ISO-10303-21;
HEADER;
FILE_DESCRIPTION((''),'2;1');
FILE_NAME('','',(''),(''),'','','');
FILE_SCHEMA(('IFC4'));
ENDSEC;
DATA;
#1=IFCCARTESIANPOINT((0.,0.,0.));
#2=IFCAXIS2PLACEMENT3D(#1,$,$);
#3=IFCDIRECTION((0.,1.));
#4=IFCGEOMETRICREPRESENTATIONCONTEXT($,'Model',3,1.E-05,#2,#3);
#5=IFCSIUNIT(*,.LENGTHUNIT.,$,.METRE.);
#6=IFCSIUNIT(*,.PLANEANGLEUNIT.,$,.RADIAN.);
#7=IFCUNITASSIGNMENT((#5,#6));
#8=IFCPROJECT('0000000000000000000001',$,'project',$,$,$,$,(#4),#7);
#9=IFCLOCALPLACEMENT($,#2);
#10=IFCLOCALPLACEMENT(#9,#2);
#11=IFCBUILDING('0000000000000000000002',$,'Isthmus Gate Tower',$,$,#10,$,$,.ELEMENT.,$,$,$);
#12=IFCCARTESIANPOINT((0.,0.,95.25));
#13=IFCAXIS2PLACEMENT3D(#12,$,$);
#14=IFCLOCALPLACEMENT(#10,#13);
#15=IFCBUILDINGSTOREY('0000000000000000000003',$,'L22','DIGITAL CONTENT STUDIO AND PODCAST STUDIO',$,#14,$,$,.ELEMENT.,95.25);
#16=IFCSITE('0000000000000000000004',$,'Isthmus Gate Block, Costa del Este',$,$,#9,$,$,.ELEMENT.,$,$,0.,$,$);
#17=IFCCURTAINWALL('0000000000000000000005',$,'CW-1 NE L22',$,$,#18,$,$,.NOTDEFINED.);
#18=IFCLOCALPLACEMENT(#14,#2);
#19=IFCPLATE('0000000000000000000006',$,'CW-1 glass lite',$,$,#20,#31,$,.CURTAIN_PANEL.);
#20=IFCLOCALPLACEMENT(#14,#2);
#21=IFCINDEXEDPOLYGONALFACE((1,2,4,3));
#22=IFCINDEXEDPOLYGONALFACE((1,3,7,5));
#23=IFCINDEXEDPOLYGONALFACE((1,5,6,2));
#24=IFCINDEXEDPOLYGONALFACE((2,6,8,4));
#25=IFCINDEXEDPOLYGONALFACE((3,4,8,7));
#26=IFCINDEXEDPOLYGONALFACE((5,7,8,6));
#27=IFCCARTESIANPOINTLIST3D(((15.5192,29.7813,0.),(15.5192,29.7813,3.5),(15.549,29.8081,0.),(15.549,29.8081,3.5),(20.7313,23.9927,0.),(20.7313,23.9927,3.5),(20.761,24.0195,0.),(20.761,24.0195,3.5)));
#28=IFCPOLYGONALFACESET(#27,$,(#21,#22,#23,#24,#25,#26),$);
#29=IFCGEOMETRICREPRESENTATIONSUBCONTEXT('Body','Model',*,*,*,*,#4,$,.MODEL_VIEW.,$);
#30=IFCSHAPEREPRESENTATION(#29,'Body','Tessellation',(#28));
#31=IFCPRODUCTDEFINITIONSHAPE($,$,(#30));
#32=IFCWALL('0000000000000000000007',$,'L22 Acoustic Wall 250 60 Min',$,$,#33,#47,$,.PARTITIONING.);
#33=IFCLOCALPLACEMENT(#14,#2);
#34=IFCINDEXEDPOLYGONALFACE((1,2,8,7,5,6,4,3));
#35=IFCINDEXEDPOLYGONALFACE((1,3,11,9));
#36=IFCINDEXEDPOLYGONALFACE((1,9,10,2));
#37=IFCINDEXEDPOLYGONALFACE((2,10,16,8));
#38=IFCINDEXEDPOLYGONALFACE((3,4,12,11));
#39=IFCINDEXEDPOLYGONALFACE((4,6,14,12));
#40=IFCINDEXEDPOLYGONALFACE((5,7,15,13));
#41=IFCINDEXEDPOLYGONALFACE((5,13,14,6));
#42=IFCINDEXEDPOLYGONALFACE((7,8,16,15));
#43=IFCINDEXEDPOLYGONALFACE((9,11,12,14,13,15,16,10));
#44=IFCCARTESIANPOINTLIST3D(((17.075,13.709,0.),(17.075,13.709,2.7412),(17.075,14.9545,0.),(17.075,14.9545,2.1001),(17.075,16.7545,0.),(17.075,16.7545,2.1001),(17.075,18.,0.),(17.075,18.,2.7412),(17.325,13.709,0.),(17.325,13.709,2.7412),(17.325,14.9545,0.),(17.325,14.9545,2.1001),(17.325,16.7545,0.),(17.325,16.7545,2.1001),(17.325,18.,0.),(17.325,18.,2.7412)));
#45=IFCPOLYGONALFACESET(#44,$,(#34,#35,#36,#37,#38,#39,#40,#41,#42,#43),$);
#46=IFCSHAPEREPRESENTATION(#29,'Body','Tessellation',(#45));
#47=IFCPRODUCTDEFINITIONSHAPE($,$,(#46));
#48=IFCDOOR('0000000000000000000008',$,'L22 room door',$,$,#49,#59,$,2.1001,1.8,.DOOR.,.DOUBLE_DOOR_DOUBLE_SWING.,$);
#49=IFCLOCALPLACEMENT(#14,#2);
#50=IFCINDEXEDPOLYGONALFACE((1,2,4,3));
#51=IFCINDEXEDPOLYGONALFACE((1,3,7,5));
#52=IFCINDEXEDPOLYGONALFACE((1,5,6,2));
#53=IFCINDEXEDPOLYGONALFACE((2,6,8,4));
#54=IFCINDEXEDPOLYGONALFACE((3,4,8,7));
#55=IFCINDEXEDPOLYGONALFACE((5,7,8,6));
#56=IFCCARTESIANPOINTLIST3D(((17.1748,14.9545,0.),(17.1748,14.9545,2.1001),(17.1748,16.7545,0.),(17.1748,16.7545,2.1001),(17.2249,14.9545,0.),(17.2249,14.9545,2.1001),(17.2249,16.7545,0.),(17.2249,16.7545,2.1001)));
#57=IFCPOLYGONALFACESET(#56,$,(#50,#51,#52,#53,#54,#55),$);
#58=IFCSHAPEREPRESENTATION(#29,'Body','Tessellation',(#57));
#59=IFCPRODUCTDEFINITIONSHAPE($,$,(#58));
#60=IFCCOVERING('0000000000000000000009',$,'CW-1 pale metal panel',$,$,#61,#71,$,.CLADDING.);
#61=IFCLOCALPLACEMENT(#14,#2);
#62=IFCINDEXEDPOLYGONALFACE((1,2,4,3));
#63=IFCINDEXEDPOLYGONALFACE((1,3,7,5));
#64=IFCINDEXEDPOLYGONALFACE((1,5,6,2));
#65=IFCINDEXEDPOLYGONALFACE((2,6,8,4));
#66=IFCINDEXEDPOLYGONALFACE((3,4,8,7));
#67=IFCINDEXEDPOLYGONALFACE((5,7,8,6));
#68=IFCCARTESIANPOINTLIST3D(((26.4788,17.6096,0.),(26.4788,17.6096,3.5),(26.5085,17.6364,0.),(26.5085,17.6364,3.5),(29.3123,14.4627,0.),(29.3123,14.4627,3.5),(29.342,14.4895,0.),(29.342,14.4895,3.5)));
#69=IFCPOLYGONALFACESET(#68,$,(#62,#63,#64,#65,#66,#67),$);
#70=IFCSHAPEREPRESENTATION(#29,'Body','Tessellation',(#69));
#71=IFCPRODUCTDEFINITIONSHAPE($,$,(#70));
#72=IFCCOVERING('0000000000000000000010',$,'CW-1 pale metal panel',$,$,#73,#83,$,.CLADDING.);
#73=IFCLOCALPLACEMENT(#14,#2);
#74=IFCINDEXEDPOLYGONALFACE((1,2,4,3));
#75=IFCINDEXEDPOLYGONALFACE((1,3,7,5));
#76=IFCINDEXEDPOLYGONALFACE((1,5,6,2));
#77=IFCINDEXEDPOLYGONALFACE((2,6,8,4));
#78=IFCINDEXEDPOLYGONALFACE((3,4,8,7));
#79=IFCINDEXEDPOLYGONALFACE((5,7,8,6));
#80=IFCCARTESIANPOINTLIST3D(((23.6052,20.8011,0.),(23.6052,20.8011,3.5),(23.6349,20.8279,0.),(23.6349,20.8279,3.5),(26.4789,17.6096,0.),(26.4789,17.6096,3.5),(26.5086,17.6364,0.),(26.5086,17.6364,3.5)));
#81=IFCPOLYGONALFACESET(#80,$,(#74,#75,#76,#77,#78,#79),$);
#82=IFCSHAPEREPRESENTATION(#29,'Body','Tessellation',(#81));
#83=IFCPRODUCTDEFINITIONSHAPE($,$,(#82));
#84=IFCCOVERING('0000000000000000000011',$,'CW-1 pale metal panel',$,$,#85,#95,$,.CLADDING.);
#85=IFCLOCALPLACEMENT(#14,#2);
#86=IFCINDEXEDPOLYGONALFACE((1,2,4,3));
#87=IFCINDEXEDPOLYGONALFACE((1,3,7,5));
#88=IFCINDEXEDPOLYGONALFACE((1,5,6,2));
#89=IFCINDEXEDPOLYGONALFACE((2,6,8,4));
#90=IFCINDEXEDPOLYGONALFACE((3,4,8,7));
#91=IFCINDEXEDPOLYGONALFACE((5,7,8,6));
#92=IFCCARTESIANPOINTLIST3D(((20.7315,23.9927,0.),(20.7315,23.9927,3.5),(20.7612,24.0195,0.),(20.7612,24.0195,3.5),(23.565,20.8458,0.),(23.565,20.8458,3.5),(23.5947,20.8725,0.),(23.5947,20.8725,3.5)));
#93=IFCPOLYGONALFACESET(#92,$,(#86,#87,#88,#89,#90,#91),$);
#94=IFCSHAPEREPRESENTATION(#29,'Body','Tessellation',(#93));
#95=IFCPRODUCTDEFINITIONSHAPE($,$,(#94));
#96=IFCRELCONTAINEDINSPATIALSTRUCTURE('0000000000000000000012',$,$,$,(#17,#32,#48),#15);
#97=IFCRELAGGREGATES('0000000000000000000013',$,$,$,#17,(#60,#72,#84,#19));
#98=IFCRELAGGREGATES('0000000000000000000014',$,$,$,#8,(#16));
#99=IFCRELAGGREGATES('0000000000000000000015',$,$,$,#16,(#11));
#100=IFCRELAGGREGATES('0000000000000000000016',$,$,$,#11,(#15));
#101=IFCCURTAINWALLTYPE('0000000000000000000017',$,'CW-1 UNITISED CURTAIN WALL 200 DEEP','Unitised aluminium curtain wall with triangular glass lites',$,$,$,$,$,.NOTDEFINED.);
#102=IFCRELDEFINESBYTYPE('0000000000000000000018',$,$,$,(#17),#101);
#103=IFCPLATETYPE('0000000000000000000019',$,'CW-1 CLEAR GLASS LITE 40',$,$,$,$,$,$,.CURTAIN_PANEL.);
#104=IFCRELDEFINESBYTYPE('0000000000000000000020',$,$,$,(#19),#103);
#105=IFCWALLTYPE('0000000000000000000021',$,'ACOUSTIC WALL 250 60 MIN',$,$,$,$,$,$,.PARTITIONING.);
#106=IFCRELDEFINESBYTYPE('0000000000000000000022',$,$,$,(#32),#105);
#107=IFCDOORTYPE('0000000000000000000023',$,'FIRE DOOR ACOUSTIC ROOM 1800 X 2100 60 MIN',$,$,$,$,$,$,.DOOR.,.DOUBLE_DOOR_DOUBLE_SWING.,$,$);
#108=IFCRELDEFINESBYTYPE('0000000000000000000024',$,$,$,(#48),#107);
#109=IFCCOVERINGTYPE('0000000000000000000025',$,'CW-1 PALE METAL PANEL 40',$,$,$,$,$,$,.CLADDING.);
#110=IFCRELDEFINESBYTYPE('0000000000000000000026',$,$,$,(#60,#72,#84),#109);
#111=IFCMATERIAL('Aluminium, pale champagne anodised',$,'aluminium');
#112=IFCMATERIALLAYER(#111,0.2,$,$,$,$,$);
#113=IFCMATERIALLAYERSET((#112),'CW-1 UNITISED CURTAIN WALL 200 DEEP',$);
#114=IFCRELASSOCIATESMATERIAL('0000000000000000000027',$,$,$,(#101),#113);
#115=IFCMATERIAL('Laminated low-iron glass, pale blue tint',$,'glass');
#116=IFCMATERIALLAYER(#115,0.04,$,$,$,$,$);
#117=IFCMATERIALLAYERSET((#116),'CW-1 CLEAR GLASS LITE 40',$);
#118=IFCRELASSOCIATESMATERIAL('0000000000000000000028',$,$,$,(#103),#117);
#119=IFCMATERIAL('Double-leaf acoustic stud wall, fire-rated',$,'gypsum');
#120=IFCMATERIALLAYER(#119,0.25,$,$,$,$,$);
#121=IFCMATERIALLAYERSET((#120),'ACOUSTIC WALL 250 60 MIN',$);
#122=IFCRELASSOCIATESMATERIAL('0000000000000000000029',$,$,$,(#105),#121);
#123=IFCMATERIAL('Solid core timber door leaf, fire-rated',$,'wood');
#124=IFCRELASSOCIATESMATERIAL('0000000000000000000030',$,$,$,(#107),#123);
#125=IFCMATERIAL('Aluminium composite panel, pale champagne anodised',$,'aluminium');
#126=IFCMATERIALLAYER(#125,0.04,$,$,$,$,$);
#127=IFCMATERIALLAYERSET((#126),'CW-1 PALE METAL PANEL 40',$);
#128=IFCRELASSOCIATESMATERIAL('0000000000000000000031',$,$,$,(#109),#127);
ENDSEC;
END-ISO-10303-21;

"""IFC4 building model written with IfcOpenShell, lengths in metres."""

from ifc_helpers import new_model, si_unit, direction, frame, frame_2d, origin, origin_2d, place, context, subcontext, project, spatial, rectangle, extrude, material, layer, layer_set, type_object, element, fill, aggregate, save


model = new_model("IFC4")

# Units and contexts
model_context = context("Model", 3, precision=1e-05, world=origin(), true_north=direction((0.0, 1.0)))
body_context = subcontext(model_context, "Body", "Model", "MODEL_VIEW")
ifc_project = project(units=[si_unit("LENGTHUNIT", "METRE"), si_unit("PLANEANGLEUNIT", "RADIAN")], contexts=[model_context])

# Site, building, storey
site_placement = place(None, origin())
site = spatial("IfcSite", under=ifc_project, at=site_placement, Name="Isthmus Gate Block, Costa del Este", CompositionType="ELEMENT", RefElevation=0.0)
building_placement = place(site_placement, origin())
building = spatial("IfcBuilding", under=site, at=building_placement, Name="Isthmus Gate Tower", CompositionType="ELEMENT")
storey_placement = place(building_placement, frame((0.0, 0.0, 95.25)))
storey = spatial("IfcBuildingStorey", under=building, at=storey_placement, Name="L22", Description="DIGITAL CONTENT STUDIO AND PODCAST STUDIO", CompositionType="ELEMENT", Elevation=95.25)

# Curtain wall
ifc_material_1 = material(Name="Aluminium, pale champagne anodised", Category="aluminium")
ifc_layer_1 = layer(ifc_material_1, 0.2)
ifc_layer_set_1 = layer_set([ifc_layer_1], Name="CW-1 UNITISED CURTAIN WALL 200 DEEP")
curtain_wall_type = type_object("IfcCurtainWallType", Name="CW-1 UNITISED CURTAIN WALL 200 DEEP", Description="Unitised aluminium curtain wall with triangular glass lites", PredefinedType="NOTDEFINED", material=ifc_layer_set_1)
curtain_wall_1_placement = place(storey_placement, origin())
curtain_wall_1 = element("IfcCurtainWall", 1, at=curtain_wall_1_placement, inside=storey, type_object=curtain_wall_type, Name="CW-1 NE L22", PredefinedType="NOTDEFINED")

# Plate
ifc_material_2 = material(Name="Laminated low-iron glass, pale blue tint", Category="glass")
ifc_layer_2 = layer(ifc_material_2, 0.04)
ifc_layer_set_2 = layer_set([ifc_layer_2], Name="CW-1 CLEAR GLASS LITE 40")
plate_type = type_object("IfcPlateType", Name="CW-1 CLEAR GLASS LITE 40", PredefinedType="CURTAIN_PANEL", material=ifc_layer_set_2)
plate_placement = place(storey_placement, frame((18.1401, 26.9004, 0.0), z_axis=(0.0, 0.0, 1.0), x_axis=(-0.669131, 0.743145, 0.0)))
plate = element("IfcPlate", 2, at=plate_placement, type_object=plate_type, Name="CW-1 glass lite", PredefinedType="CURTAIN_PANEL", context=body_context, shape_type="SweptSolid", body=[
    extrude(rectangle(XDim=7.7893, YDim=0.04, at=origin_2d()), origin(), (0.0, 0.0, 1.0), 3.5),
])

# Wall, opening, door
ifc_material_3 = material(Name="Double-leaf acoustic stud wall, fire-rated", Category="gypsum")
ifc_layer_3 = layer(ifc_material_3, 0.25)
ifc_layer_set_3 = layer_set([ifc_layer_3], Name="ACOUSTIC WALL 250 60 MIN")
wall_type = type_object("IfcWallType", Name="ACOUSTIC WALL 250 60 MIN", PredefinedType="PARTITIONING", material=ifc_layer_set_3)
wall_placement = place(storey_placement, frame((17.2, 18.0, 0.0), z_axis=(0.0, 0.0, 1.0), x_axis=(0.0, -1.0, 0.0)))
wall = element("IfcWall", 3, at=wall_placement, inside=storey, type_object=wall_type, Name="L22 Acoustic Wall 250 60 Min", PredefinedType="PARTITIONING", context=body_context, shape_type="SweptSolid", body=[
    extrude(rectangle(XDim=4.291, YDim=0.25, at=frame_2d((2.1455, 0.0))), origin(), (0.0, 0.0, 1.0), 2.7412),
])
opening_placement = place(wall_placement, frame((1.2456, 0.0, 0.0)))
opening = element("IfcOpeningElement", 4, at=opening_placement, cuts=wall, PredefinedType="OPENING", context=body_context, shape_type="SweptSolid", body=[
    extrude(rectangle(XDim=1.8, YDim=2.1001, at=frame_2d((0.8999, 1.05))), frame((0.0, 0.135, 0.0), z_axis=(0.0, -1.0, 0.0), x_axis=(1.0, 0.0, 0.0)), (0.0, 0.0, 1.0), 0.27),
])
ifc_material_4 = material(Name="Solid core timber door leaf, fire-rated", Category="wood")
door_type = type_object("IfcDoorType", Name="FIRE DOOR ACOUSTIC ROOM 1800 X 2100 60 MIN", OperationType="DOUBLE_DOOR_DOUBLE_SWING", PredefinedType="DOOR", material=ifc_material_4)
door_placement = place(opening_placement, origin())
door = element("IfcDoor", 5, at=door_placement, inside=storey, type_object=door_type, Name="L22 room door", OperationType="DOUBLE_DOOR_DOUBLE_SWING", OverallHeight=2.1001, OverallWidth=1.8, PredefinedType="DOOR", context=body_context, shape_type="SweptSolid", body=[
    extrude(rectangle(XDim=1.8, YDim=2.1001, at=frame_2d((0.8999, 1.05))), frame((0.0, 0.0249, 0.0), z_axis=(0.0, -1.0, 0.0), x_axis=(1.0, 0.0, 0.0)), (0.0, 0.0, 1.0), 0.05),
])
fill(opening, door)

# Coverings
ifc_material_5 = material(Name="Aluminium composite panel, pale champagne anodised", Category="aluminium")
ifc_layer_4 = layer(ifc_material_5, 0.04)
ifc_layer_set_4 = layer_set([ifc_layer_4], Name="CW-1 PALE METAL PANEL 40")
covering_type = type_object("IfcCoveringType", Name="CW-1 PALE METAL PANEL 40", PredefinedType="CLADDING", material=ifc_layer_set_4)
covering_1_placement = place(storey_placement, frame((27.9104, 16.0496, 0.0), z_axis=(0.0, 0.0, 1.0), x_axis=(-0.669131, 0.743145, 0.0)))
covering_1 = element("IfcCovering", 6, at=covering_1_placement, type_object=covering_type, Name="CW-1 pale metal panel", PredefinedType="CLADDING", context=body_context, shape_type="SweptSolid", body=[
    extrude(rectangle(XDim=4.2346, YDim=0.04, at=origin_2d()), origin(), (0.0, 0.0, 1.0), 3.5),
])
covering_2_placement = place(storey_placement, frame((25.0569, 19.2188, 0.0), z_axis=(0.0, 0.0, 1.0), x_axis=(-0.669131, 0.743145, 0.0)))
covering_2 = element("IfcCovering", 7, at=covering_2_placement, type_object=covering_type, Name="CW-1 pale metal panel", PredefinedType="CLADDING", context=body_context, shape_type="SweptSolid", body=[
    extrude(rectangle(XDim=4.2947, YDim=0.04, at=origin_2d()), origin(), (0.0, 0.0, 1.0), 3.5),
])
covering_3_placement = place(storey_placement, frame((22.1631, 22.4326, 0.0), z_axis=(0.0, 0.0, 1.0), x_axis=(-0.669131, 0.743145, 0.0)))
covering_3 = element("IfcCovering", 8, at=covering_3_placement, type_object=covering_type, Name="CW-1 pale metal panel", PredefinedType="CLADDING", context=body_context, shape_type="SweptSolid", body=[
    extrude(rectangle(XDim=4.2346, YDim=0.04, at=origin_2d()), origin(), (0.0, 0.0, 1.0), 3.5),
])
aggregate(curtain_wall_1, [covering_1, covering_2, covering_3, plate])

save(model, "model.ifc")
